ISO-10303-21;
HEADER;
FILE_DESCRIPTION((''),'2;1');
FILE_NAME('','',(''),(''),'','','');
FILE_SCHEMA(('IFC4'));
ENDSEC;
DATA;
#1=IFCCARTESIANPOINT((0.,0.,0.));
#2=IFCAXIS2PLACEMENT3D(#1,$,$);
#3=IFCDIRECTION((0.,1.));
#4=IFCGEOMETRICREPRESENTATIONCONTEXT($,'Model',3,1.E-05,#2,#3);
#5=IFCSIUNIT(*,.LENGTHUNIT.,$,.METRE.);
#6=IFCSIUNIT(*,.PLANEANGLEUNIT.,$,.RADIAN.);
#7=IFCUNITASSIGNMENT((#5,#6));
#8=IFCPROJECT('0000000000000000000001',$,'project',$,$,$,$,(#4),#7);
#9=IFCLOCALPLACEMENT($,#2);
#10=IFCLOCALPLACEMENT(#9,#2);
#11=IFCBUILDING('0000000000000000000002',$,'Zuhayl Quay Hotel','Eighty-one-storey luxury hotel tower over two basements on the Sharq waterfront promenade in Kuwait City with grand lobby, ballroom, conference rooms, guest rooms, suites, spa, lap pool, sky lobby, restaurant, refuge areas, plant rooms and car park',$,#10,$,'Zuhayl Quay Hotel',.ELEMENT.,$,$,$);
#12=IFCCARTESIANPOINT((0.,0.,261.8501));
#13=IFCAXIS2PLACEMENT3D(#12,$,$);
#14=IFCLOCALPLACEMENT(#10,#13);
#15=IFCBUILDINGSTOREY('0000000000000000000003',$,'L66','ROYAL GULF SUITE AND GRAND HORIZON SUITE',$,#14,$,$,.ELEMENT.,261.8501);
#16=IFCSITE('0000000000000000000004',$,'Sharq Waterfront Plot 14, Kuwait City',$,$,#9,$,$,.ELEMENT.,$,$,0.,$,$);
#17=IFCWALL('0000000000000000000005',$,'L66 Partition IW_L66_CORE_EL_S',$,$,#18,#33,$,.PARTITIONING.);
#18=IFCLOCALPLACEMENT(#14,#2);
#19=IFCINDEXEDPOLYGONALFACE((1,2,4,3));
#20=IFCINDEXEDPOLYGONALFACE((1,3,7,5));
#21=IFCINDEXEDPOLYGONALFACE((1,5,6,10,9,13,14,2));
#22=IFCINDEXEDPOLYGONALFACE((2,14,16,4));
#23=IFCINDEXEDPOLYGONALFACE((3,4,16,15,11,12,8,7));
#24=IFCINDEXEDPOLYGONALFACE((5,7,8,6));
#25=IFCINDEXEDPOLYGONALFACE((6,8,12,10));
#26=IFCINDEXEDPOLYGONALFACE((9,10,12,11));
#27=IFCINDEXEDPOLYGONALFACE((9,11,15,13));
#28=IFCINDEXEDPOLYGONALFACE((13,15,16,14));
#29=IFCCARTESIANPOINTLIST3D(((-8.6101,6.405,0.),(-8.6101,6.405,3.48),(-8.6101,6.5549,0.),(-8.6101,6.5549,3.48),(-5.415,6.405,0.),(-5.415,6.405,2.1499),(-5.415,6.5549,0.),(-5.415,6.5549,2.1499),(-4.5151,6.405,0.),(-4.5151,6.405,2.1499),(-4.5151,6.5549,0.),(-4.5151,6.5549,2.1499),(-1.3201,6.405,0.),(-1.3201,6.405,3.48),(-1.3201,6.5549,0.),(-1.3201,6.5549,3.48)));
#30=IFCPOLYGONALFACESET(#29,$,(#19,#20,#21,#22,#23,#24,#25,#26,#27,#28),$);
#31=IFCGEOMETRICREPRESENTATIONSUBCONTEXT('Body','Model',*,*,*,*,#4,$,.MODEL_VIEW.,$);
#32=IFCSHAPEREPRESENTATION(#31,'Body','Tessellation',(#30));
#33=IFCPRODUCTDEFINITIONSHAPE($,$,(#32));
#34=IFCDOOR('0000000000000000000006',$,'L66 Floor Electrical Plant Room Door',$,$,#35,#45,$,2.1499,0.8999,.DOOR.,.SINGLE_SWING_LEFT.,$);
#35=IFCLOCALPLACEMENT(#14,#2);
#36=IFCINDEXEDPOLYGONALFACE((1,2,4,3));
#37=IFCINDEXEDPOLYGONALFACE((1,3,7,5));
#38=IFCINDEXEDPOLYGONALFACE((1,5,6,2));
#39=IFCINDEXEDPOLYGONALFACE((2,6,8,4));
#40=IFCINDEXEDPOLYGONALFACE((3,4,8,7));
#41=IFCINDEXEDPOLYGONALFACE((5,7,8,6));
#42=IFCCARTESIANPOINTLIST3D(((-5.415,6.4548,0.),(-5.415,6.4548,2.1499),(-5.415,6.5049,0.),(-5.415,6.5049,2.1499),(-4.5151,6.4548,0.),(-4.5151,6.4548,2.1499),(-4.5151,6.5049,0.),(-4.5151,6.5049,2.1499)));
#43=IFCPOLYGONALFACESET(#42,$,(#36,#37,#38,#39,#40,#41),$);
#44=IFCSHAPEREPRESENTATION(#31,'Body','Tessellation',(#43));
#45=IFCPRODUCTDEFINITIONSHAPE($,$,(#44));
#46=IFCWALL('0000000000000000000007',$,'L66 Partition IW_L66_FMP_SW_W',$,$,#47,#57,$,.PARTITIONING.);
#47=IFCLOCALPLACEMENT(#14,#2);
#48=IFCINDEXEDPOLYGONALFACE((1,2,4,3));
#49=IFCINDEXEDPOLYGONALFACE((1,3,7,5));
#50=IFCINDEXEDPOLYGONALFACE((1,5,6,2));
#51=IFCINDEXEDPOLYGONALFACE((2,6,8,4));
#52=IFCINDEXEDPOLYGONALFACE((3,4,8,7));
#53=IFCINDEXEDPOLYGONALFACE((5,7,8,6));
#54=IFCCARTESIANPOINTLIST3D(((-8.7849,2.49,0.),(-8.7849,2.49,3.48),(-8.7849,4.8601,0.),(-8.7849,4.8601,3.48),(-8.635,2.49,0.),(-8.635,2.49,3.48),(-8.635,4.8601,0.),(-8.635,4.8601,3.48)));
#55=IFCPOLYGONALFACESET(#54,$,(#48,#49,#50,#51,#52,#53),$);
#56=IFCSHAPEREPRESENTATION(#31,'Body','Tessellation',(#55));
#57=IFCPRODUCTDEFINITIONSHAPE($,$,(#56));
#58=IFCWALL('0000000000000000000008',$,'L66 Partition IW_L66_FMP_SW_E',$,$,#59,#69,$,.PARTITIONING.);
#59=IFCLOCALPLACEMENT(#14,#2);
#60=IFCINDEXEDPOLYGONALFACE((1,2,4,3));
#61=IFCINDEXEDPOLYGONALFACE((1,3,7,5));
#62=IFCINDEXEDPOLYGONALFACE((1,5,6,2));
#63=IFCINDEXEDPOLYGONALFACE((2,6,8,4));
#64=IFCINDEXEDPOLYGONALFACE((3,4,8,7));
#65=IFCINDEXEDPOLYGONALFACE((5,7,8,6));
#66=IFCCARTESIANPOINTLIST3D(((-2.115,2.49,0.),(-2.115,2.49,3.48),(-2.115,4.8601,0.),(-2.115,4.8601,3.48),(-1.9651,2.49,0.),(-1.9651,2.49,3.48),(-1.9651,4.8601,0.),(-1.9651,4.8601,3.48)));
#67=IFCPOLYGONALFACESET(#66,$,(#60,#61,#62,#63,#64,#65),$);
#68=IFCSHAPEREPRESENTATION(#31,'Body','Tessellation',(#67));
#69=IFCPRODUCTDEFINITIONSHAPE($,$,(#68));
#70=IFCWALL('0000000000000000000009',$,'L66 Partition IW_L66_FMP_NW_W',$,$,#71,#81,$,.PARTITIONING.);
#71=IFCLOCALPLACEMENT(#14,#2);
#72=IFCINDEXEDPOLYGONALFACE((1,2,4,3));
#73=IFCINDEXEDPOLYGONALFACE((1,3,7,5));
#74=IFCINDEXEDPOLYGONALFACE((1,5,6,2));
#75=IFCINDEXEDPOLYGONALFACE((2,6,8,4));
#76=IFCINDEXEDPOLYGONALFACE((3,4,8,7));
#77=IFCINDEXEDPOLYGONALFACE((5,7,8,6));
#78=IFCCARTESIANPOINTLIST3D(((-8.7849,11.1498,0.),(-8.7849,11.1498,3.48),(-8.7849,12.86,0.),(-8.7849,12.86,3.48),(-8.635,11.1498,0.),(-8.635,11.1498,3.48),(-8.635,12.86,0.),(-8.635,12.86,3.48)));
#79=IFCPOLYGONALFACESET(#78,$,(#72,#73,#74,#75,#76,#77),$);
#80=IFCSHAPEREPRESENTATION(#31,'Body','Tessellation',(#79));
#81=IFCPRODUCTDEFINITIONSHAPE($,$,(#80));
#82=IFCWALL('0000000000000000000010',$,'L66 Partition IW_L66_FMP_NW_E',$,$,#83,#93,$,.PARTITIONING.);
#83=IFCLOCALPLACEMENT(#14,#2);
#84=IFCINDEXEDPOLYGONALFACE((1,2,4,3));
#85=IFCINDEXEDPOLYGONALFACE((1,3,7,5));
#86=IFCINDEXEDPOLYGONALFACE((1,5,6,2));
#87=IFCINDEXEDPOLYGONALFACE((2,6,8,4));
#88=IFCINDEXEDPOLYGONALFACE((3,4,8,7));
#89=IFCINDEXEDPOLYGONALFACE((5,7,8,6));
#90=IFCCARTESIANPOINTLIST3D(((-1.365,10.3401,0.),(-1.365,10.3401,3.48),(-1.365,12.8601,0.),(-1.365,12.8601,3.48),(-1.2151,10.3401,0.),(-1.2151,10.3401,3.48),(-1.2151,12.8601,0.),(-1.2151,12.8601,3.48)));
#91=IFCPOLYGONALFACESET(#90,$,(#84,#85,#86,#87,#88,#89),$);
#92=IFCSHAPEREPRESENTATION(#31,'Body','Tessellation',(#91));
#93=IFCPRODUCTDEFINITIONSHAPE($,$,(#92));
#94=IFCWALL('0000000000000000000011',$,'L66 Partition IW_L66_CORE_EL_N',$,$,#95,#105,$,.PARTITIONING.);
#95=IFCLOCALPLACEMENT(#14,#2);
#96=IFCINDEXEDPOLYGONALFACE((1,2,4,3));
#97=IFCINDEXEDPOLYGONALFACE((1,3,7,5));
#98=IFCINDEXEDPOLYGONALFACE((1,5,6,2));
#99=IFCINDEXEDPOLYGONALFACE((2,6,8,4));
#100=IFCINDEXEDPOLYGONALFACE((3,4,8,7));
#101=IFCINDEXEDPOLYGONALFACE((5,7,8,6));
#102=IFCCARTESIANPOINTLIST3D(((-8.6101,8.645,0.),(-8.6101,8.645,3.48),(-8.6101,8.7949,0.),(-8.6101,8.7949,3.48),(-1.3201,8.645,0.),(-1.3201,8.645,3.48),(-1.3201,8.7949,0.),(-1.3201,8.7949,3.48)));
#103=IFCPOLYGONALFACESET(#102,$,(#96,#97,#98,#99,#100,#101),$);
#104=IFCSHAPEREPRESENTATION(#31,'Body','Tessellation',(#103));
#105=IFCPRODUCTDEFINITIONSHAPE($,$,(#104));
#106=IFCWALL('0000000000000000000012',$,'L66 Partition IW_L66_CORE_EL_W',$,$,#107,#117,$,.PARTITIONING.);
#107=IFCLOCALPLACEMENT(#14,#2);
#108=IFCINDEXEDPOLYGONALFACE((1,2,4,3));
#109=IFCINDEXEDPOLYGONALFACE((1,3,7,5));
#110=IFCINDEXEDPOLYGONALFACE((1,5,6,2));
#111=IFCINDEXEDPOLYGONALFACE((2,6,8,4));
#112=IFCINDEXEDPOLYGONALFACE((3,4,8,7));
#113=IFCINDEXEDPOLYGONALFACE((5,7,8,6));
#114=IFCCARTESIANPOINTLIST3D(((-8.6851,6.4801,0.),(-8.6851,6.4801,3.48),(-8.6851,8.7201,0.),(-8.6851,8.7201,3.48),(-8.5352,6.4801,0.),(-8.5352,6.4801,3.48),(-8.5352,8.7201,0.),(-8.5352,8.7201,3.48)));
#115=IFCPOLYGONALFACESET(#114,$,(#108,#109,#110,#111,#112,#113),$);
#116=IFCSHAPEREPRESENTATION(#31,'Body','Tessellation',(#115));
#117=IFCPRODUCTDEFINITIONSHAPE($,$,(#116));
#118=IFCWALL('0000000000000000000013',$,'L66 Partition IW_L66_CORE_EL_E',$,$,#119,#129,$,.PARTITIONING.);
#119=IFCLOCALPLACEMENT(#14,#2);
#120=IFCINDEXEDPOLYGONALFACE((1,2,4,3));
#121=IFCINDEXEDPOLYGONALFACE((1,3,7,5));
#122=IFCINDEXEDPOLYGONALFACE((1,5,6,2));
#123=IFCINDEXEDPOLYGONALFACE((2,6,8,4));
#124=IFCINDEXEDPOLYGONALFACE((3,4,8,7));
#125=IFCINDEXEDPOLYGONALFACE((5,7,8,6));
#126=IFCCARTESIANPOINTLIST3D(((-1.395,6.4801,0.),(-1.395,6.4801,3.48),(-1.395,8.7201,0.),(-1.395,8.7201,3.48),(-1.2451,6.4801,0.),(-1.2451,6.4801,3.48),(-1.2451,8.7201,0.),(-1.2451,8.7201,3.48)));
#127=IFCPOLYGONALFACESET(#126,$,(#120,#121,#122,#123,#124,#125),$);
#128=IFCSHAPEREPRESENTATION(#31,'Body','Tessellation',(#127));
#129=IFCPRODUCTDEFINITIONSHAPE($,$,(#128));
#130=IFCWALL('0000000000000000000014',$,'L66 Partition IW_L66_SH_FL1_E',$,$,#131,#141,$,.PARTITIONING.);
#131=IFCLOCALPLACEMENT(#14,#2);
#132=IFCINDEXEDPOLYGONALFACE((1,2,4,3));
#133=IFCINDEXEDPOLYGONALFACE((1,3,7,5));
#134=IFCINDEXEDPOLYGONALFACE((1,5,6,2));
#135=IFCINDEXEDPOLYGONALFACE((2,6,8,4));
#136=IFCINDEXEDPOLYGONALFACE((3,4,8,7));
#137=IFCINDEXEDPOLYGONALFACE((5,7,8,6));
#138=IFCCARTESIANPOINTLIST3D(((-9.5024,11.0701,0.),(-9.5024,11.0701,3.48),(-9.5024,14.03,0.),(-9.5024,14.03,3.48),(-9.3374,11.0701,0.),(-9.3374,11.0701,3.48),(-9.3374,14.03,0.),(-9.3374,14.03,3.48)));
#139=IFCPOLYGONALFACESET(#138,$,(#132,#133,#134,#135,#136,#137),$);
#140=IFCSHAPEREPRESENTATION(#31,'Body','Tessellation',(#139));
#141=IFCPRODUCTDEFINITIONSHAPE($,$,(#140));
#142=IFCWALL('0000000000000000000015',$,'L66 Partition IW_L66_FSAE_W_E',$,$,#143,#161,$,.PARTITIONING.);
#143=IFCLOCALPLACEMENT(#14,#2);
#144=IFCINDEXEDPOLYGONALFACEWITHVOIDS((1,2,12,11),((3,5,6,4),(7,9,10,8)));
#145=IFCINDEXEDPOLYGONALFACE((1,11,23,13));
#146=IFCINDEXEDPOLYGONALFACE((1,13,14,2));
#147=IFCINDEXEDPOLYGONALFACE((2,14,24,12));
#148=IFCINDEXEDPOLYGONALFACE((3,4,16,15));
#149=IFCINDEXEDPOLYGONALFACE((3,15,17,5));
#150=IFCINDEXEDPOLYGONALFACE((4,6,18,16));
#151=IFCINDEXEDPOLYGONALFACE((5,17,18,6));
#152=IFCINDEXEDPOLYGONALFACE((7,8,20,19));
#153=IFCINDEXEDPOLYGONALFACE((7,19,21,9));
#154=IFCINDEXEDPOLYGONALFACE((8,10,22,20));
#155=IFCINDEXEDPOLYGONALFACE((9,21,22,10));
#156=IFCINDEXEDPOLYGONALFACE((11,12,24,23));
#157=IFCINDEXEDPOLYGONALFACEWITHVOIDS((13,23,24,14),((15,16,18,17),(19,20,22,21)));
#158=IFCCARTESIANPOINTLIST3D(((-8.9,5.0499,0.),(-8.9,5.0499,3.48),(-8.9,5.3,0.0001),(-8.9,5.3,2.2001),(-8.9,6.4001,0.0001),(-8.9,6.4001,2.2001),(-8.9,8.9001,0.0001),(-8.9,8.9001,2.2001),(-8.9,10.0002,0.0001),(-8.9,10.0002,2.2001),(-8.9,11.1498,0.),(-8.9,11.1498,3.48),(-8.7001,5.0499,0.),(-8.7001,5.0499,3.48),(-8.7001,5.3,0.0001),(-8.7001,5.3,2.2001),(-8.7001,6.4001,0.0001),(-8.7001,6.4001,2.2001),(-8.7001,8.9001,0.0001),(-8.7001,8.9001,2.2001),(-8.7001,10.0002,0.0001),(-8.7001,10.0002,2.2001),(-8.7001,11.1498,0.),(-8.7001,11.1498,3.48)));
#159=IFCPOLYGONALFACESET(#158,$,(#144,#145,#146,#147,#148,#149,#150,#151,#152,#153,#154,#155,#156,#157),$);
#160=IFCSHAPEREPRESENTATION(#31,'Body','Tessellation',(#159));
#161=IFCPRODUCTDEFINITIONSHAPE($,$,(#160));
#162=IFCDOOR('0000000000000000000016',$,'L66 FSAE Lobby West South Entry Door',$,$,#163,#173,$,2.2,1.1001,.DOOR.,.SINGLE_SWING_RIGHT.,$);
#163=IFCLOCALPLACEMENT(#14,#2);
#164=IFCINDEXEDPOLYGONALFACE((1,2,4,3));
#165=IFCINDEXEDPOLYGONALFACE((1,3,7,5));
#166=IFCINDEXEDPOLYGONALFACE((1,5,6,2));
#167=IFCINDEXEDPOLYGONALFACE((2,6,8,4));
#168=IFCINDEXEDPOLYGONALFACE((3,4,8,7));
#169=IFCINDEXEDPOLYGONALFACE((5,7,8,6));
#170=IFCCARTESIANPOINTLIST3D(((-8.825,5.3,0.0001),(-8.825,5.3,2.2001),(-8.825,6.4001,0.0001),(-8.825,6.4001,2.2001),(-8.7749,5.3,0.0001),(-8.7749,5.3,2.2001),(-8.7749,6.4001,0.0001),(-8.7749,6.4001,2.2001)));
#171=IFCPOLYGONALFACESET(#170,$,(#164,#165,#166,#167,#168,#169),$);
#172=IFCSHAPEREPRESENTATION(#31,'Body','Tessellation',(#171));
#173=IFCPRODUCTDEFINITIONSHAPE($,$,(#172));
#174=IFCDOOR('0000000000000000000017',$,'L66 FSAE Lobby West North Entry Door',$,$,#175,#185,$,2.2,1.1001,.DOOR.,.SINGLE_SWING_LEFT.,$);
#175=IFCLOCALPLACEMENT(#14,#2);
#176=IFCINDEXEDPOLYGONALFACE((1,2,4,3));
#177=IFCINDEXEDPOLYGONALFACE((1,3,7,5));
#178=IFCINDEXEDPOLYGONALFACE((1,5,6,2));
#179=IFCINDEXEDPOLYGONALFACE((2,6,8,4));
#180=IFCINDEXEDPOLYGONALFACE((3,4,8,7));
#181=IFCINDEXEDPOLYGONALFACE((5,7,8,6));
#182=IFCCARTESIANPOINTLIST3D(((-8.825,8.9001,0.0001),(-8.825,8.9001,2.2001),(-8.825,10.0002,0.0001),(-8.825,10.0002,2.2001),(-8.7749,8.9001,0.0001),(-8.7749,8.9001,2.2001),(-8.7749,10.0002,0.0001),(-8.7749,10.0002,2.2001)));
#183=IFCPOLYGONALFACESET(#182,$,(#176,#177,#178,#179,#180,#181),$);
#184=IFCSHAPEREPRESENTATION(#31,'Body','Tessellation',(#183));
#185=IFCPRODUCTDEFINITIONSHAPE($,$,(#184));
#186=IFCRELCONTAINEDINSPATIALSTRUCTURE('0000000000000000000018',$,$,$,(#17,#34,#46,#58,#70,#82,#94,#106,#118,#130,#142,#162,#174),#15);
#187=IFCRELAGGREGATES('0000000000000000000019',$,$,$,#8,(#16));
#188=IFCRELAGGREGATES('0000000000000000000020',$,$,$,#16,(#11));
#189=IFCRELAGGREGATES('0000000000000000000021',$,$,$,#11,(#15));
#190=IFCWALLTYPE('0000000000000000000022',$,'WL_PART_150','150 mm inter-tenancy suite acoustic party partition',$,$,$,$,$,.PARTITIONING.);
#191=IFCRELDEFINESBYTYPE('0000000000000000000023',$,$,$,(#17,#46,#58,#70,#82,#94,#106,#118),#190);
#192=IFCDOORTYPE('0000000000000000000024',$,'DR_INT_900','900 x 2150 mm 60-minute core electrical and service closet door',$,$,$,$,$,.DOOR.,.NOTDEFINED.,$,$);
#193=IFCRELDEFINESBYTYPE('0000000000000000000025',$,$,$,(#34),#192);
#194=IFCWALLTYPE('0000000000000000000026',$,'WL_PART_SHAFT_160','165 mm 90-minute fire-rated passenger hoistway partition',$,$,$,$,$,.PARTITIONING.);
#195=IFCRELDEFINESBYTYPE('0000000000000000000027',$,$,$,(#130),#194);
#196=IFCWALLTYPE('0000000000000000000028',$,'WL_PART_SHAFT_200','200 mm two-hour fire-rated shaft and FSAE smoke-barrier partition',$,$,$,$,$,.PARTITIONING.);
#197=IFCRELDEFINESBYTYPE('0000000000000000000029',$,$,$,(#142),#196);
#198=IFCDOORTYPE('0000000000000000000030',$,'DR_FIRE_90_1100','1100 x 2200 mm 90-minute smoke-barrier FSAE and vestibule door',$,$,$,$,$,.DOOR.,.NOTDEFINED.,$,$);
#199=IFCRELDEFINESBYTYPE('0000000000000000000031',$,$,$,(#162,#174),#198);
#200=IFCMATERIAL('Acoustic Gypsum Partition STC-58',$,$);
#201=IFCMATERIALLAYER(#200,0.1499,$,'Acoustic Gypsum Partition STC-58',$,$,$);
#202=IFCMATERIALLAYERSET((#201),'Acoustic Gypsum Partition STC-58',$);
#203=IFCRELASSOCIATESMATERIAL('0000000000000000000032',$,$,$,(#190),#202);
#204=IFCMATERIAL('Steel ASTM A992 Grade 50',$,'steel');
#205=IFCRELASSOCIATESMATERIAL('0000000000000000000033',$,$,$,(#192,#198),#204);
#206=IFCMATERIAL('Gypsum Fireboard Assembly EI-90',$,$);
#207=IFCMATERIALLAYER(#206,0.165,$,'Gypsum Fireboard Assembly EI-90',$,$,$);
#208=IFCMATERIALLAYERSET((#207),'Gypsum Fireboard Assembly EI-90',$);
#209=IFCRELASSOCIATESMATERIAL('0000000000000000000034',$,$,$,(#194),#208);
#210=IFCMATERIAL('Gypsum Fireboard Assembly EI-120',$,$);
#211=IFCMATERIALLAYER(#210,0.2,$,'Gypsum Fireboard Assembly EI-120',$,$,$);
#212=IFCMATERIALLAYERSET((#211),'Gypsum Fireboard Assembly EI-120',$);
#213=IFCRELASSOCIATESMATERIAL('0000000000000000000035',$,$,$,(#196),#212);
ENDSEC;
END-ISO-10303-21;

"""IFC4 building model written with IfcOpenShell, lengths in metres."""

from ifc_helpers import new_model, si_unit, direction, frame, frame_2d, origin, place, context, subcontext, project, spatial, rectangle, extrude, material, layer, layer_set, type_object, element, fill, save


model = new_model("IFC4")

# Units and contexts
model_context = context("Model", 3, precision=1e-05, world=origin(), true_north=direction((0.0, 1.0)))
body_context = subcontext(model_context, "Body", "Model", "MODEL_VIEW")
ifc_project = project(units=[si_unit("LENGTHUNIT", "METRE"), si_unit("PLANEANGLEUNIT", "RADIAN")], contexts=[model_context])

# Site, building, storey
site_placement = place(None, origin())
site = spatial("IfcSite", under=ifc_project, at=site_placement, Name="Sharq Waterfront Plot 14, Kuwait City", CompositionType="ELEMENT", RefElevation=0.0)
building_placement = place(site_placement, origin())
building = spatial("IfcBuilding", under=site, at=building_placement, Name="Zuhayl Quay Hotel", Description="Eighty-one-storey luxury hotel tower over two basements on the Sharq waterfront promenade in Kuwait City with grand lobby, ballroom, conference rooms, guest rooms, suites, spa, lap pool, sky lobby, restaurant, refuge areas, plant rooms and car park", LongName="Zuhayl Quay Hotel", CompositionType="ELEMENT")
storey_placement = place(building_placement, frame((0.0, 0.0, 261.8501)))
storey = spatial("IfcBuildingStorey", under=building, at=storey_placement, Name="L66", Description="ROYAL GULF SUITE AND GRAND HORIZON SUITE", CompositionType="ELEMENT", Elevation=261.8501)

# Wall, opening, door
ifc_material_1 = material(Name="Acoustic Gypsum Partition STC-58")
ifc_layer_1 = layer(ifc_material_1, 0.1499, Name="Acoustic Gypsum Partition STC-58")
ifc_layer_set_1 = layer_set([ifc_layer_1], Name="Acoustic Gypsum Partition STC-58")
wall_type_1 = type_object("IfcWallType", Name="WL_PART_150", Description="150 mm inter-tenancy suite acoustic party partition", PredefinedType="PARTITIONING", material=ifc_layer_set_1)
ifc_material_2 = material(Name="Steel ASTM A992 Grade 50", Category="steel")
door_type_1 = type_object("IfcDoorType", Name="DR_INT_900", Description="900 x 2150 mm 60-minute core electrical and service closet door", OperationType="NOTDEFINED", PredefinedType="DOOR", material=ifc_material_2)
wall_1_placement = place(storey_placement, frame((-8.6101, 6.48, 0.0), z_axis=(0.0, 0.0, 1.0), x_axis=(1.0, 0.0, 0.0)))
wall_1 = element("IfcWall", 1, at=wall_1_placement, inside=storey, type_object=wall_type_1, Name="L66 Partition IW_L66_CORE_EL_S", PredefinedType="PARTITIONING", context=body_context, shape_type="SweptSolid", body=[
    extrude(rectangle(XDim=7.29, YDim=0.1499, at=frame_2d((3.645, 0.0))), origin(), (0.0, 0.0, 1.0), 3.48),
])
opening_1_placement = place(wall_1_placement, frame((3.1951, 0.0, 0.0)))
opening_1 = element("IfcOpeningElement", 2, at=opening_1_placement, cuts=wall_1, PredefinedType="OPENING", context=body_context, shape_type="SweptSolid", body=[
    extrude(rectangle(XDim=0.8999, YDim=2.1499, at=frame_2d((0.45, 1.075))), frame((0.0, 0.085, 0.0), z_axis=(0.0, -1.0, 0.0), x_axis=(1.0, 0.0, 0.0)), (0.0, 0.0, 1.0), 0.1699),
])
door_1_placement = place(opening_1_placement, origin())
door_1 = element("IfcDoor", 3, at=door_1_placement, inside=storey, type_object=door_type_1, Name="L66 Floor Electrical Plant Room Door", OperationType="SINGLE_SWING_LEFT", OverallHeight=2.1499, OverallWidth=0.8999, PredefinedType="DOOR", context=body_context, shape_type="SweptSolid", body=[
    extrude(rectangle(XDim=0.8999, YDim=2.1499, at=frame_2d((0.45, 1.075))), frame((0.0, 0.0249, 0.0), z_axis=(0.0, -1.0, 0.0), x_axis=(1.0, 0.0, 0.0)), (0.0, 0.0, 1.0), 0.05),
])
fill(opening_1, door_1)

# Walls
for number, where, z_axis, x_axis, name in (
    (4, (-8.71, 2.49, 0.0), (0.0, 0.0, 1.0), (0.0, 1.0, 0.0), "L66 Partition IW_L66_FMP_SW_W"),
    (5, (-2.04, 2.49, 0.0), (0.0, 0.0, 1.0), (0.0, 1.0, 0.0), "L66 Partition IW_L66_FMP_SW_E"),
):
    element("IfcWall", number, at=place(storey_placement, frame(where, z_axis=z_axis, x_axis=x_axis)), inside=storey, type_object=wall_type_1, Name=name, PredefinedType="PARTITIONING", context=body_context, shape_type="SweptSolid", body=[
        extrude(rectangle(XDim=2.3701, YDim=0.1499, at=frame_2d((1.1851, 0.0))), origin(), (0.0, 0.0, 1.0), 3.48),
    ])
wall_2_placement = place(storey_placement, frame((-8.71, 11.1499, 0.0), z_axis=(0.0, 0.0, 1.0), x_axis=(0.0, 1.0, 0.0)))
element("IfcWall", 6, at=wall_2_placement, inside=storey, type_object=wall_type_1, Name="L66 Partition IW_L66_FMP_NW_W", PredefinedType="PARTITIONING", context=body_context, shape_type="SweptSolid", body=[
    extrude(rectangle(XDim=1.7102, YDim=0.1499, at=frame_2d((0.855, 0.0))), origin(), (0.0, 0.0, 1.0), 3.48),
])
wall_3_placement = place(storey_placement, frame((-1.29, 10.3401, 0.0), z_axis=(0.0, 0.0, 1.0), x_axis=(0.0, 1.0, 0.0)))
element("IfcWall", 7, at=wall_3_placement, inside=storey, type_object=wall_type_1, Name="L66 Partition IW_L66_FMP_NW_E", PredefinedType="PARTITIONING", context=body_context, shape_type="SweptSolid", body=[
    extrude(rectangle(XDim=2.52, YDim=0.1499, at=frame_2d((1.26, 0.0))), origin(), (0.0, 0.0, 1.0), 3.48),
])
wall_4_placement = place(storey_placement, frame((-8.6101, 8.72, 0.0), z_axis=(0.0, 0.0, 1.0), x_axis=(1.0, 0.0, 0.0)))
element("IfcWall", 8, at=wall_4_placement, inside=storey, type_object=wall_type_1, Name="L66 Partition IW_L66_CORE_EL_N", PredefinedType="PARTITIONING", context=body_context, shape_type="SweptSolid", body=[
    extrude(rectangle(XDim=7.29, YDim=0.1499, at=frame_2d((3.645, 0.0))), origin(), (0.0, 0.0, 1.0), 3.48),
])
for number, where, z_axis, x_axis, name in (
    (9, (-8.6101, 6.48, 0.0), (0.0, 0.0, 1.0), (0.0, 1.0, 0.0), "L66 Partition IW_L66_CORE_EL_W"),
    (10, (-1.3201, 6.48, 0.0), (0.0, 0.0, 1.0), (0.0, 1.0, 0.0), "L66 Partition IW_L66_CORE_EL_E"),
):
    element("IfcWall", number, at=place(storey_placement, frame(where, z_axis=z_axis, x_axis=x_axis)), inside=storey, type_object=wall_type_1, Name=name, PredefinedType="PARTITIONING", context=body_context, shape_type="SweptSolid", body=[
        extrude(rectangle(XDim=2.24, YDim=0.1499, at=frame_2d((1.1201, 0.0))), origin(), (0.0, 0.0, 1.0), 3.48),
    ])
ifc_material_3 = material(Name="Gypsum Fireboard Assembly EI-90")
ifc_layer_2 = layer(ifc_material_3, 0.165, Name="Gypsum Fireboard Assembly EI-90")
ifc_layer_set_2 = layer_set([ifc_layer_2], Name="Gypsum Fireboard Assembly EI-90")
wall_type_2 = type_object("IfcWallType", Name="WL_PART_SHAFT_160", Description="165 mm 90-minute fire-rated passenger hoistway partition", PredefinedType="PARTITIONING", material=ifc_layer_set_2)
wall_5_placement = place(storey_placement, frame((-9.4199, 11.0701, 0.0), z_axis=(0.0, 0.0, 1.0), x_axis=(0.0, 1.0, 0.0)))
element("IfcWall", 11, at=wall_5_placement, inside=storey, type_object=wall_type_2, Name="L66 Partition IW_L66_SH_FL1_E", PredefinedType="PARTITIONING", context=body_context, shape_type="SweptSolid", body=[
    extrude(rectangle(XDim=2.96, YDim=0.165, at=frame_2d((1.48, 0.0))), origin(), (0.0, 0.0, 1.0), 3.48),
])

# Wall, openings, doors
ifc_material_4 = material(Name="Gypsum Fireboard Assembly EI-120")
ifc_layer_3 = layer(ifc_material_4, 0.2, Name="Gypsum Fireboard Assembly EI-120")
ifc_layer_set_3 = layer_set([ifc_layer_3], Name="Gypsum Fireboard Assembly EI-120")
wall_type_3 = type_object("IfcWallType", Name="WL_PART_SHAFT_200", Description="200 mm two-hour fire-rated shaft and FSAE smoke-barrier partition", PredefinedType="PARTITIONING", material=ifc_layer_set_3)
wall_6_placement = place(storey_placement, frame((-8.8, 5.05, 0.0), z_axis=(0.0, 0.0, 1.0), x_axis=(0.0, 1.0, 0.0)))
wall_6 = element("IfcWall", 12, at=wall_6_placement, inside=storey, type_object=wall_type_3, Name="L66 Partition IW_L66_FSAE_W_E", PredefinedType="PARTITIONING", context=body_context, shape_type="SweptSolid", body=[
    extrude(rectangle(XDim=6.0999, YDim=0.2, at=frame_2d((3.0498, 0.0))), origin(), (0.0, 0.0, 1.0), 3.48),
])
opening_2_placement = place(wall_6_placement, frame((0.25, 0.0, 0.0)))
opening_2 = element("IfcOpeningElement", 13, at=opening_2_placement, cuts=wall_6, PredefinedType="OPENING", context=body_context, shape_type="SweptSolid", body=[
    extrude(rectangle(XDim=1.1001, YDim=2.2, at=frame_2d((0.55, 1.1001))), frame((0.0, 0.1099, 0.0), z_axis=(0.0, -1.0, 0.0), x_axis=(1.0, 0.0, 0.0)), (0.0, 0.0, 1.0), 0.22),
])
opening_3_placement = place(wall_6_placement, frame((3.8501, 0.0, 0.0)))
opening_3 = element("IfcOpeningElement", 14, at=opening_3_placement, cuts=wall_6, PredefinedType="OPENING", context=body_context, shape_type="SweptSolid", body=[
    extrude(rectangle(XDim=1.1001, YDim=2.2, at=frame_2d((0.55, 1.1001))), frame((0.0, 0.1099, 0.0), z_axis=(0.0, -1.0, 0.0), x_axis=(1.0, 0.0, 0.0)), (0.0, 0.0, 1.0), 0.22),
])
door_type_2 = type_object("IfcDoorType", Name="DR_FIRE_90_1100", Description="1100 x 2200 mm 90-minute smoke-barrier FSAE and vestibule door", OperationType="NOTDEFINED", PredefinedType="DOOR", material=ifc_material_2)
door_2_placement = place(opening_2_placement, origin())
door_2 = element("IfcDoor", 15, at=door_2_placement, inside=storey, type_object=door_type_2, Name="L66 FSAE Lobby West South Entry Door", OperationType="SINGLE_SWING_RIGHT", OverallHeight=2.2, OverallWidth=1.1001, PredefinedType="DOOR", context=body_context, shape_type="SweptSolid", body=[
    extrude(rectangle(XDim=1.1001, YDim=2.2, at=frame_2d((0.55, 1.1001))), frame((0.0, 0.0249, 0.0), z_axis=(0.0, -1.0, 0.0), x_axis=(1.0, 0.0, 0.0)), (0.0, 0.0, 1.0), 0.05),
])
fill(opening_2, door_2)
door_3_placement = place(opening_3_placement, origin())
door_3 = element("IfcDoor", 16, at=door_3_placement, inside=storey, type_object=door_type_2, Name="L66 FSAE Lobby West North Entry Door", OperationType="SINGLE_SWING_LEFT", OverallHeight=2.2, OverallWidth=1.1001, PredefinedType="DOOR", context=body_context, shape_type="SweptSolid", body=[
    extrude(rectangle(XDim=1.1001, YDim=2.2, at=frame_2d((0.55, 1.1001))), frame((0.0, 0.0249, 0.0), z_axis=(0.0, -1.0, 0.0), x_axis=(1.0, 0.0, 0.0)), (0.0, 0.0, 1.0), 0.05),
])
fill(opening_3, door_3)

save(model, "model.ifc")
